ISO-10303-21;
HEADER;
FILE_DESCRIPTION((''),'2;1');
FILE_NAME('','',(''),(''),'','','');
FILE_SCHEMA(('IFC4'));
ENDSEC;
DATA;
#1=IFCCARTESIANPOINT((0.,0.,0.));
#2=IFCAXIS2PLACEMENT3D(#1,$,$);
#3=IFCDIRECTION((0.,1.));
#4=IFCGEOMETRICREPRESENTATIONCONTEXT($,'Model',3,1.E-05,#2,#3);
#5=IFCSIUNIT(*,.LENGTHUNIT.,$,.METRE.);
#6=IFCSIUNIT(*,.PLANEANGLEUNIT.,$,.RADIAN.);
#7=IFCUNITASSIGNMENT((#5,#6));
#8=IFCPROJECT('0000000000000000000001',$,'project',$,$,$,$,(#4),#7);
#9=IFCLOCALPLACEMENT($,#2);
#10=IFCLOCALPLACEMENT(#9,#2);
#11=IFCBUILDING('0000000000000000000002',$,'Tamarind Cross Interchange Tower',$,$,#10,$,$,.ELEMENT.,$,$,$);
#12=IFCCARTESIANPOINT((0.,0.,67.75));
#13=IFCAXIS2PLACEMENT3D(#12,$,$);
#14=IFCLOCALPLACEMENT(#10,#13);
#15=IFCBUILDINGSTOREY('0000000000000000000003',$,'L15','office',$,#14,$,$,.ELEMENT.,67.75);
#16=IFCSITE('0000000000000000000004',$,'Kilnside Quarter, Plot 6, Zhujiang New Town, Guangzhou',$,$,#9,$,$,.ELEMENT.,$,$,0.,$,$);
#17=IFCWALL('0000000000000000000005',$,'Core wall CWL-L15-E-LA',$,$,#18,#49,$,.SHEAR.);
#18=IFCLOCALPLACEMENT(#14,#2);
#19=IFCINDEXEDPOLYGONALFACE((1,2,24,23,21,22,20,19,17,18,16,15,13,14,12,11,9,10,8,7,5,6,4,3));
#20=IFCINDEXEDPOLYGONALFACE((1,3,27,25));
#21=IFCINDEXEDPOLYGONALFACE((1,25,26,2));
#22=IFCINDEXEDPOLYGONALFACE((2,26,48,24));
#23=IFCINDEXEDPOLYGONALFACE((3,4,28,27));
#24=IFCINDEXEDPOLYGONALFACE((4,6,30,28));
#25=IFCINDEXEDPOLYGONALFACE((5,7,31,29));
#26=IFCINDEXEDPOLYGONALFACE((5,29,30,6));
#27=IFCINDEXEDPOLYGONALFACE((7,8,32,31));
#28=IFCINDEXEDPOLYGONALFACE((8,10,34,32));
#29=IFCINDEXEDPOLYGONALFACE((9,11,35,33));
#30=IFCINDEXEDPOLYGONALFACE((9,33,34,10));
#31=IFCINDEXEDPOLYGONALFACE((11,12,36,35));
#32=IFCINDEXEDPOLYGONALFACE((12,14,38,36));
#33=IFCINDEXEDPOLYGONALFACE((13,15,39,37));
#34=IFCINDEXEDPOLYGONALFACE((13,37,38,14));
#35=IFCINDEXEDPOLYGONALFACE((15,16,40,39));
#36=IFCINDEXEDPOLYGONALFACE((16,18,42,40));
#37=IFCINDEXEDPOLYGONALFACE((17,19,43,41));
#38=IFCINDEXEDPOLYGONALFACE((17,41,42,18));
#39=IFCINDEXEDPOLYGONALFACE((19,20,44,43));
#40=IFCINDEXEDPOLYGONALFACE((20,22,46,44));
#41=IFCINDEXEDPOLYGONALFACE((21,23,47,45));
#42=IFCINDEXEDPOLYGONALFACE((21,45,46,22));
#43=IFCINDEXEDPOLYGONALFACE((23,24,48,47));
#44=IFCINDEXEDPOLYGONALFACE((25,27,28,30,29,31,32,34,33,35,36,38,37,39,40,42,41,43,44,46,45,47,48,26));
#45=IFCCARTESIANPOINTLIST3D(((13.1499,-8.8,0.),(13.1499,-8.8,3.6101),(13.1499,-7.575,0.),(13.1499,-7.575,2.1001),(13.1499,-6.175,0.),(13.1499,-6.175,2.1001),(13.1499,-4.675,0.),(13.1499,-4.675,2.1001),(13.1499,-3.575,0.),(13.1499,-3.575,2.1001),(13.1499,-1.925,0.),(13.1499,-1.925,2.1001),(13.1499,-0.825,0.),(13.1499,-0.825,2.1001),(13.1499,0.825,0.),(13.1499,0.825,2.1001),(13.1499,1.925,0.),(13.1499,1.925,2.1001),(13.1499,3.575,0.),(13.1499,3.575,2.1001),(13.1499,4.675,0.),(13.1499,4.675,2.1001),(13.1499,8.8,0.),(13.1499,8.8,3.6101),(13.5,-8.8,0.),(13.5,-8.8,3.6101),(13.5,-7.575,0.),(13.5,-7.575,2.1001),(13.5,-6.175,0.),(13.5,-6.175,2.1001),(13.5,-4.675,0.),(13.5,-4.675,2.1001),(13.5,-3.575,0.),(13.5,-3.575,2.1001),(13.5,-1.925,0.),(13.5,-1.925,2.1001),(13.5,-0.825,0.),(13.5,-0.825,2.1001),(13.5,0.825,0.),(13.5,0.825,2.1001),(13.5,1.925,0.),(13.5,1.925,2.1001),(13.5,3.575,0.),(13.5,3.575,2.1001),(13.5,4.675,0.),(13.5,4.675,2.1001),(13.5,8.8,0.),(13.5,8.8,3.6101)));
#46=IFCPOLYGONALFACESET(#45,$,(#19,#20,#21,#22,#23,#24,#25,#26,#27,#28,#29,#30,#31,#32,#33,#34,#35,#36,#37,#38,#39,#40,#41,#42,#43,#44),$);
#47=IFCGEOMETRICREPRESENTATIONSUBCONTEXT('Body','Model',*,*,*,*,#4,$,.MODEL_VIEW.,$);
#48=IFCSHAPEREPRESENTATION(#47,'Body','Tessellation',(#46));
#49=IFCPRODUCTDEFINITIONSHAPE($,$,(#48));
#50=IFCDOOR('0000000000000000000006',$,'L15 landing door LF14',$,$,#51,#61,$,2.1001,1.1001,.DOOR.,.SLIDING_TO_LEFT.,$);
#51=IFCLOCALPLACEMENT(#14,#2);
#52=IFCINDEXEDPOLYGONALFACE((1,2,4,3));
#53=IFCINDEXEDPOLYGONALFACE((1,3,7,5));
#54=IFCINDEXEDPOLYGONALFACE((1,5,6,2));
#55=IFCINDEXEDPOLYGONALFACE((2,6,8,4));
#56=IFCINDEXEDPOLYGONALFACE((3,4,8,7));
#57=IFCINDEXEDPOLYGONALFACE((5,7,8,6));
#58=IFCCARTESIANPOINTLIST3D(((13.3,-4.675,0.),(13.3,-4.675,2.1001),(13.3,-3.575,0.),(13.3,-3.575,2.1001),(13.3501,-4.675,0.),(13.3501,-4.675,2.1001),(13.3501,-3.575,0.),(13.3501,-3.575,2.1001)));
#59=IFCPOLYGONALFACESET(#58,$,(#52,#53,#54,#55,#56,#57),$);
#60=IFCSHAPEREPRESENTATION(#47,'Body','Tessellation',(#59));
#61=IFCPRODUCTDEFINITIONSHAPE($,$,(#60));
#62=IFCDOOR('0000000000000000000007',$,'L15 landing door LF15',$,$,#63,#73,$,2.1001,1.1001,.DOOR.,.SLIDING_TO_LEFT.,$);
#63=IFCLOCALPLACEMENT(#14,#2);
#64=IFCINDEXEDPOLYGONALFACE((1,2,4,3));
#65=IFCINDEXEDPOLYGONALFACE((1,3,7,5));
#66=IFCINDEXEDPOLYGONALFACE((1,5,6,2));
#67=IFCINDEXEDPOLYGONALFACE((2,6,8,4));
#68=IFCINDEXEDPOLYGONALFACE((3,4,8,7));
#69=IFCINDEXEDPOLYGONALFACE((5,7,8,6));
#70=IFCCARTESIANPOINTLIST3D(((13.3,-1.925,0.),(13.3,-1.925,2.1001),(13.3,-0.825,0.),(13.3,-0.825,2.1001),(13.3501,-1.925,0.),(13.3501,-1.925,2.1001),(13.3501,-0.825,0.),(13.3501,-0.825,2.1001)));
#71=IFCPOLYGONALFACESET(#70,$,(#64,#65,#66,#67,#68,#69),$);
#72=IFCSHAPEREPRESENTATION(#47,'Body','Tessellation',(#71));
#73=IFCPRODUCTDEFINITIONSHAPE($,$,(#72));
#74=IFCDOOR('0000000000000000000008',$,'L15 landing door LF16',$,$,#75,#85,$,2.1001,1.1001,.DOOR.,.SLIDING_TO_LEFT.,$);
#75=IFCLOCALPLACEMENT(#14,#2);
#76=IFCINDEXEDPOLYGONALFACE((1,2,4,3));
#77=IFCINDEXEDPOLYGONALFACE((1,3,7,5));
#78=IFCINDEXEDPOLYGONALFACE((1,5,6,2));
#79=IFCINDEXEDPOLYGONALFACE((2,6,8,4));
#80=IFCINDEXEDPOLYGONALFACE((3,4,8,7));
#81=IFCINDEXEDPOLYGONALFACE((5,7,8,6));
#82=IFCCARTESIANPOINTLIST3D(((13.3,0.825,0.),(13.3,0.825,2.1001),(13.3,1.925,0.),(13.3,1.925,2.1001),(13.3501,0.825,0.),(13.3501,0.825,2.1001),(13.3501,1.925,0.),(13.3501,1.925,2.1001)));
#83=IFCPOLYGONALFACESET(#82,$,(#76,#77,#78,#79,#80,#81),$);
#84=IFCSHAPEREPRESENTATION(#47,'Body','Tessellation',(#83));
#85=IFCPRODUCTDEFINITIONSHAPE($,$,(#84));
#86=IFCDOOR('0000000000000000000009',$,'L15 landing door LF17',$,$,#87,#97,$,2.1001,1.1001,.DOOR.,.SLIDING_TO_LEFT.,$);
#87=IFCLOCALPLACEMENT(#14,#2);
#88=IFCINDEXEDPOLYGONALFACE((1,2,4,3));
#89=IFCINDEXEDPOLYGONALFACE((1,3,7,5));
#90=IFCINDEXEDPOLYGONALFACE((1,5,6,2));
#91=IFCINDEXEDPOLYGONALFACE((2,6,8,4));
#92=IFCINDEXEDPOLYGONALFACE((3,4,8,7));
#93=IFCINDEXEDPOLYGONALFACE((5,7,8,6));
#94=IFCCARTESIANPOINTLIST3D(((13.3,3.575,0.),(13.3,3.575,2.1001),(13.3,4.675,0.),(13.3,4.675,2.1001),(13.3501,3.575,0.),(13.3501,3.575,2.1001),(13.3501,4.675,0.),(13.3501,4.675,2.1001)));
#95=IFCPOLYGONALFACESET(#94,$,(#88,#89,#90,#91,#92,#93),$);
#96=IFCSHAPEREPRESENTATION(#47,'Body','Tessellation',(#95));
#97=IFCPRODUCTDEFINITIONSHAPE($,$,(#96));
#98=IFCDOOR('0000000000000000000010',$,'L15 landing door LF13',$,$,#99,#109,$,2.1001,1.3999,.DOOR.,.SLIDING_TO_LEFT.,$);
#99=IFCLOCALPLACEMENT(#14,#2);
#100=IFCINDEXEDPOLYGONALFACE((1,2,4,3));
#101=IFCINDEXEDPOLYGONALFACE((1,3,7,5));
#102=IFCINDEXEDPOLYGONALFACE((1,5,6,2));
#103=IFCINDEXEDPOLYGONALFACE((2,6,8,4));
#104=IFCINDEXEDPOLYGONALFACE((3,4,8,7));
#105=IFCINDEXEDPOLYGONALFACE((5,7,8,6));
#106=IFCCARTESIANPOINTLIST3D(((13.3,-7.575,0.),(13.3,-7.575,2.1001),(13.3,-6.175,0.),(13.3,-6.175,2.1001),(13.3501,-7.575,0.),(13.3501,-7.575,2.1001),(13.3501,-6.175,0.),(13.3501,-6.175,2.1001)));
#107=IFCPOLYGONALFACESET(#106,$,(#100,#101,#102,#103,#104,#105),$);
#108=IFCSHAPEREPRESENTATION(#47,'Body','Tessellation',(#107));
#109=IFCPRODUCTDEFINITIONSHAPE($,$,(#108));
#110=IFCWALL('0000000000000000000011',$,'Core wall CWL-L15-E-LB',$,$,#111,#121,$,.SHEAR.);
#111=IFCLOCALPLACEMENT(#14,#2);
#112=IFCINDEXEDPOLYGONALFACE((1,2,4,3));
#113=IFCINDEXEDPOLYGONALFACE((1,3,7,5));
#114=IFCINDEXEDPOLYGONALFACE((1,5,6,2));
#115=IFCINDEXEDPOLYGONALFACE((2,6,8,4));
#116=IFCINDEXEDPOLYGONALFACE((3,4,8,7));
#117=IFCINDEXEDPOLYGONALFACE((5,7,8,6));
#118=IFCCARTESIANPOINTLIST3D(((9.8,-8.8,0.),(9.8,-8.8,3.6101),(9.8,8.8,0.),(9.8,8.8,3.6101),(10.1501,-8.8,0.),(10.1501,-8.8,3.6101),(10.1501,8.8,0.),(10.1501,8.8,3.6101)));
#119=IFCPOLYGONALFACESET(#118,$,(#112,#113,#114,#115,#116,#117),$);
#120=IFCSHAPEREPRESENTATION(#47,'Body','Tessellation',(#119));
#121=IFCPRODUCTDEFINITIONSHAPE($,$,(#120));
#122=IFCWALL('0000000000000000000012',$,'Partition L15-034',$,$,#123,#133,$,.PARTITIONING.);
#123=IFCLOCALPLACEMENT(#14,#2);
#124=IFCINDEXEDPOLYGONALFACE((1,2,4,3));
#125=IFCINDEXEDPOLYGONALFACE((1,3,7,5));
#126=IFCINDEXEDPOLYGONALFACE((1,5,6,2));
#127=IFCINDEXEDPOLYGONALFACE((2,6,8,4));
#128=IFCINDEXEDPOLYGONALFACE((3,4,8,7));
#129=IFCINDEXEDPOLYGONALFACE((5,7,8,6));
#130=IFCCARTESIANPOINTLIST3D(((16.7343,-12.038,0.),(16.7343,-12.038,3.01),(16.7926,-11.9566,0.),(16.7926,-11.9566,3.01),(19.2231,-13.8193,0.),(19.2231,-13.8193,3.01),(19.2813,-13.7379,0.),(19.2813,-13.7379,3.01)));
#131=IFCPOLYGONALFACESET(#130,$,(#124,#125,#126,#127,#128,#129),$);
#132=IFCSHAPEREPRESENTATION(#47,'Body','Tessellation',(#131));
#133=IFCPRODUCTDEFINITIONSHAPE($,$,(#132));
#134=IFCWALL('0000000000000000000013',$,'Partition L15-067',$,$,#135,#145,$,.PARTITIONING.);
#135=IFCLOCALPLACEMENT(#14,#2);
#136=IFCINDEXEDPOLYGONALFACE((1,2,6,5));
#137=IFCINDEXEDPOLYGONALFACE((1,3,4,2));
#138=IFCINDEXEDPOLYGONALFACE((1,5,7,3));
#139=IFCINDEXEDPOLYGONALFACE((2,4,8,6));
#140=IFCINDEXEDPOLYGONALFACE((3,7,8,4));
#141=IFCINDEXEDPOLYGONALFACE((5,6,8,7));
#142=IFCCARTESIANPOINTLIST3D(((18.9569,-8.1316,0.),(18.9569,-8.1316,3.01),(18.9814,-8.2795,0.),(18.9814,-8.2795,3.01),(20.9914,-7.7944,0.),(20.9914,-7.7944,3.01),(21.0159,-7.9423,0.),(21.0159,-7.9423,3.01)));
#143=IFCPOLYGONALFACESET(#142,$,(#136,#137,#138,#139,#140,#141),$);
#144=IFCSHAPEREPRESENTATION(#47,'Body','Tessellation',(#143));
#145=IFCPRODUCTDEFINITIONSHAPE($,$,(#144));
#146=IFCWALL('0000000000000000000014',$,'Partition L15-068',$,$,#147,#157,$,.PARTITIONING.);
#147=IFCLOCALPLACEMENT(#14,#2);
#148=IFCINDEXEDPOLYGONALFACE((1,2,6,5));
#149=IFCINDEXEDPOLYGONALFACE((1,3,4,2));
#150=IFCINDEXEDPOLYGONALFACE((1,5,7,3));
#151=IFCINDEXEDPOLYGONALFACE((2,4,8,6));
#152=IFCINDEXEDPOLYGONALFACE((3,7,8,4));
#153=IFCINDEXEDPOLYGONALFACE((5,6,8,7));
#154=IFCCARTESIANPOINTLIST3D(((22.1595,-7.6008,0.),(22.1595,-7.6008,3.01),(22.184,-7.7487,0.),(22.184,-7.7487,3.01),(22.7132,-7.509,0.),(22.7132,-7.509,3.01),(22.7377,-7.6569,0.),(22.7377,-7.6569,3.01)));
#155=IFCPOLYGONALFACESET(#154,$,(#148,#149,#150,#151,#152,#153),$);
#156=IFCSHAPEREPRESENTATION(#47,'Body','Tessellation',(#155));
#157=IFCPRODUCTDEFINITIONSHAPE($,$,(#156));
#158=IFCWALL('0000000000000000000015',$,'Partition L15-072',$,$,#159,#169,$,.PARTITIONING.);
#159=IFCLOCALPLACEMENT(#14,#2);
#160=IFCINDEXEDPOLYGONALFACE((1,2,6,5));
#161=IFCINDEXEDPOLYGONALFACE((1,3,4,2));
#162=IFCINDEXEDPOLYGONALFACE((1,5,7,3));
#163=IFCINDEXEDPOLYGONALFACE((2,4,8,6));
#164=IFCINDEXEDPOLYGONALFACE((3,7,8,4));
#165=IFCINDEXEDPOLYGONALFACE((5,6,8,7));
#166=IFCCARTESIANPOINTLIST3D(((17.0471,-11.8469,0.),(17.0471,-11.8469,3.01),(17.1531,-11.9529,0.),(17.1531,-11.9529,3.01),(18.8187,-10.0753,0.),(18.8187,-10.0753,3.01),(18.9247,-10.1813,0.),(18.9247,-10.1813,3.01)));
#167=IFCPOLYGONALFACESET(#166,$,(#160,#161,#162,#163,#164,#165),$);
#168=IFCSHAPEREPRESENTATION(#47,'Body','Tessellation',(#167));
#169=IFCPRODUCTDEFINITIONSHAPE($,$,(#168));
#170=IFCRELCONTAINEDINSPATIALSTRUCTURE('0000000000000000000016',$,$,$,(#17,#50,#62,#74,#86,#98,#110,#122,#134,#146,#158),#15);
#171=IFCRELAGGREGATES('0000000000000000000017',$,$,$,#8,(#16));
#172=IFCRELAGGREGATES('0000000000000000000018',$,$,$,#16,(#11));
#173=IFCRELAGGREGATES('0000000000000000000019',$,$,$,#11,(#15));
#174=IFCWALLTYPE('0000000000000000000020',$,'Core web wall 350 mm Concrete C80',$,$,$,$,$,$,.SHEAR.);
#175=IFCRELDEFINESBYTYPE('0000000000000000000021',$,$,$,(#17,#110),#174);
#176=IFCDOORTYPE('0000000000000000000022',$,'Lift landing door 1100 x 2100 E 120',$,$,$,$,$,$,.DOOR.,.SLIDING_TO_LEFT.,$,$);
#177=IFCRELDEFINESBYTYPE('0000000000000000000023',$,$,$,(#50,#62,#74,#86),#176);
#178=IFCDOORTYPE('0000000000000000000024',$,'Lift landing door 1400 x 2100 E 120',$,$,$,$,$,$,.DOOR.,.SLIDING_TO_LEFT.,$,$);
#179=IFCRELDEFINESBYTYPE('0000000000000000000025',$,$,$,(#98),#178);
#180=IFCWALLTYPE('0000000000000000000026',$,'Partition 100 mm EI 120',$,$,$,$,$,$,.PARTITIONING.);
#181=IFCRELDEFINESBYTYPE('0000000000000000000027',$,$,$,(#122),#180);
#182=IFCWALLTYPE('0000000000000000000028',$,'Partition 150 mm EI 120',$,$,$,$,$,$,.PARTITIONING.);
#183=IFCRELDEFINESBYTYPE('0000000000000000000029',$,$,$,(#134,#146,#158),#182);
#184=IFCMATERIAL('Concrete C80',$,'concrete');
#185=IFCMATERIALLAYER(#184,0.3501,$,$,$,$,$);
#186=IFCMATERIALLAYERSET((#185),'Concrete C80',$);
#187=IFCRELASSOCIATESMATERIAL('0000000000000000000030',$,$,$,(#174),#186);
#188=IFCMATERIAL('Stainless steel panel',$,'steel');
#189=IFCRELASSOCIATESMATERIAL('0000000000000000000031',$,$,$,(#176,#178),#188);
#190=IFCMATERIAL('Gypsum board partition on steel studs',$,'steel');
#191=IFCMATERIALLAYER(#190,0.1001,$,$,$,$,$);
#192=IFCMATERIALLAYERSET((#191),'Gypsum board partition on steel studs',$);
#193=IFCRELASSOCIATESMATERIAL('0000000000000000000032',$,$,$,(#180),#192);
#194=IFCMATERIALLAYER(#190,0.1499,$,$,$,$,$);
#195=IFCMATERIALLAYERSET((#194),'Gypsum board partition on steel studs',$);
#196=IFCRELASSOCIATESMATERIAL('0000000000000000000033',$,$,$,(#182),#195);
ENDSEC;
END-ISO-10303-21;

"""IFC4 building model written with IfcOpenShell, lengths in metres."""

from ifc_helpers import new_model, si_unit, direction, frame, frame_2d, origin, place, context, subcontext, project, spatial, rectangle, extrude, material, layer, layer_set, type_object, element, fill, save


model = new_model("IFC4")

# Units and contexts
model_context = context("Model", 3, precision=1e-05, world=origin(), true_north=direction((0.0, 1.0)))
body_context = subcontext(model_context, "Body", "Model", "MODEL_VIEW")
ifc_project = project(units=[si_unit("LENGTHUNIT", "METRE"), si_unit("PLANEANGLEUNIT", "RADIAN")], contexts=[model_context])

# Site, building, storey
site_placement = place(None, origin())
site = spatial("IfcSite", under=ifc_project, at=site_placement, Name="Kilnside Quarter, Plot 6, Zhujiang New Town, Guangzhou", CompositionType="ELEMENT", RefElevation=0.0)
building_placement = place(site_placement, origin())
building = spatial("IfcBuilding", under=site, at=building_placement, Name="Tamarind Cross Interchange Tower", CompositionType="ELEMENT")
storey_placement = place(building_placement, frame((0.0, 0.0, 67.75)))
storey = spatial("IfcBuildingStorey", under=building, at=storey_placement, Name="L15", Description="office", CompositionType="ELEMENT", Elevation=67.75)

# Wall, openings, doors
ifc_material_1 = material(Name="Concrete C80", Category="concrete")
ifc_layer_1 = layer(ifc_material_1, 0.3501)
ifc_layer_set_1 = layer_set([ifc_layer_1], Name="Concrete C80")
wall_type_1 = type_object("IfcWallType", Name="Core web wall 350 mm Concrete C80", PredefinedType="SHEAR", material=ifc_layer_set_1)
wall_1_placement = place(storey_placement, frame((13.325, -8.8, 0.0), z_axis=(0.0, 0.0, 1.0), x_axis=(0.0, 1.0, 0.0)))
wall_1 = element("IfcWall", 1, at=wall_1_placement, inside=storey, type_object=wall_type_1, Name="Core wall CWL-L15-E-LA", PredefinedType="SHEAR", context=body_context, shape_type="SweptSolid", body=[
    extrude(rectangle(XDim=17.6001, YDim=0.3501, at=frame_2d((8.8, 0.0))), origin(), (0.0, 0.0, 1.0), 3.6101),
])
opening_1_placement = place(wall_1_placement, frame((1.2251, 0.0, 0.0)))
opening_1 = element("IfcOpeningElement", 2, at=opening_1_placement, cuts=wall_1, PredefinedType="OPENING", context=body_context, shape_type="SweptSolid", body=[
    extrude(rectangle(XDim=1.3999, YDim=2.1001, at=frame_2d((0.7, 1.05))), frame((0.0, 0.1851, 0.0), z_axis=(0.0, -1.0, 0.0), x_axis=(1.0, 0.0, 0.0)), (0.0, 0.0, 1.0), 0.3701),
])
opening_2_placement = place(wall_1_placement, frame((4.125, 0.0, 0.0)))
opening_2 = element("IfcOpeningElement", 3, at=opening_2_placement, cuts=wall_1, PredefinedType="OPENING", context=body_context, shape_type="SweptSolid", body=[
    extrude(rectangle(XDim=1.1001, YDim=2.1001, at=frame_2d((0.55, 1.05))), frame((0.0, 0.1851, 0.0), z_axis=(0.0, -1.0, 0.0), x_axis=(1.0, 0.0, 0.0)), (0.0, 0.0, 1.0), 0.3701),
])
opening_3_placement = place(wall_1_placement, frame((6.875, 0.0, 0.0)))
opening_3 = element("IfcOpeningElement", 4, at=opening_3_placement, cuts=wall_1, PredefinedType="OPENING", context=body_context, shape_type="SweptSolid", body=[
    extrude(rectangle(XDim=1.1001, YDim=2.1001, at=frame_2d((0.55, 1.05))), frame((0.0, 0.1851, 0.0), z_axis=(0.0, -1.0, 0.0), x_axis=(1.0, 0.0, 0.0)), (0.0, 0.0, 1.0), 0.3701),
])
opening_4_placement = place(wall_1_placement, frame((9.625, 0.0, 0.0)))
opening_4 = element("IfcOpeningElement", 5, at=opening_4_placement, cuts=wall_1, PredefinedType="OPENING", context=body_context, shape_type="SweptSolid", body=[
    extrude(rectangle(XDim=1.1001, YDim=2.1001, at=frame_2d((0.55, 1.05))), frame((0.0, 0.1851, 0.0), z_axis=(0.0, -1.0, 0.0), x_axis=(1.0, 0.0, 0.0)), (0.0, 0.0, 1.0), 0.3701),
])
opening_5_placement = place(wall_1_placement, frame((12.375, 0.0, 0.0)))
opening_5 = element("IfcOpeningElement", 6, at=opening_5_placement, cuts=wall_1, PredefinedType="OPENING", context=body_context, shape_type="SweptSolid", body=[
    extrude(rectangle(XDim=1.1001, YDim=2.1001, at=frame_2d((0.55, 1.05))), frame((0.0, 0.1851, 0.0), z_axis=(0.0, -1.0, 0.0), x_axis=(1.0, 0.0, 0.0)), (0.0, 0.0, 1.0), 0.3701),
])
ifc_material_2 = material(Name="Stainless steel panel", Category="steel")
door_type_1 = type_object("IfcDoorType", Name="Lift landing door 1100 x 2100 E 120", OperationType="SLIDING_TO_LEFT", PredefinedType="DOOR", material=ifc_material_2)
door_1_placement = place(opening_2_placement, origin())
door_1 = element("IfcDoor", 7, at=door_1_placement, inside=storey, type_object=door_type_1, Name="L15 landing door LF14", OperationType="SLIDING_TO_LEFT", OverallHeight=2.1001, OverallWidth=1.1001, PredefinedType="DOOR", context=body_context, shape_type="SweptSolid", body=[
    extrude(rectangle(XDim=1.1001, YDim=2.1001, at=frame_2d((0.55, 1.05))), frame((0.0, 0.0249, 0.0), z_axis=(0.0, -1.0, 0.0), x_axis=(1.0, 0.0, 0.0)), (0.0, 0.0, 1.0), 0.05),
])
fill(opening_2, door_1)
door_2_placement = place(opening_3_placement, origin())
door_2 = element("IfcDoor", 8, at=door_2_placement, inside=storey, type_object=door_type_1, Name="L15 landing door LF15", OperationType="SLIDING_TO_LEFT", OverallHeight=2.1001, OverallWidth=1.1001, PredefinedType="DOOR", context=body_context, shape_type="SweptSolid", body=[
    extrude(rectangle(XDim=1.1001, YDim=2.1001, at=frame_2d((0.55, 1.05))), frame((0.0, 0.0249, 0.0), z_axis=(0.0, -1.0, 0.0), x_axis=(1.0, 0.0, 0.0)), (0.0, 0.0, 1.0), 0.05),
])
fill(opening_3, door_2)
door_3_placement = place(opening_4_placement, origin())
door_3 = element("IfcDoor", 9, at=door_3_placement, inside=storey, type_object=door_type_1, Name="L15 landing door LF16", OperationType="SLIDING_TO_LEFT", OverallHeight=2.1001, OverallWidth=1.1001, PredefinedType="DOOR", context=body_context, shape_type="SweptSolid", body=[
    extrude(rectangle(XDim=1.1001, YDim=2.1001, at=frame_2d((0.55, 1.05))), frame((0.0, 0.0249, 0.0), z_axis=(0.0, -1.0, 0.0), x_axis=(1.0, 0.0, 0.0)), (0.0, 0.0, 1.0), 0.05),
])
fill(opening_4, door_3)
door_4_placement = place(opening_5_placement, origin())
door_4 = element("IfcDoor", 10, at=door_4_placement, inside=storey, type_object=door_type_1, Name="L15 landing door LF17", OperationType="SLIDING_TO_LEFT", OverallHeight=2.1001, OverallWidth=1.1001, PredefinedType="DOOR", context=body_context, shape_type="SweptSolid", body=[
    extrude(rectangle(XDim=1.1001, YDim=2.1001, at=frame_2d((0.55, 1.05))), frame((0.0, 0.0249, 0.0), z_axis=(0.0, -1.0, 0.0), x_axis=(1.0, 0.0, 0.0)), (0.0, 0.0, 1.0), 0.05),
])
fill(opening_5, door_4)
door_type_2 = type_object("IfcDoorType", Name="Lift landing door 1400 x 2100 E 120", OperationType="SLIDING_TO_LEFT", PredefinedType="DOOR", material=ifc_material_2)
door_5_placement = place(opening_1_placement, origin())
door_5 = element("IfcDoor", 11, at=door_5_placement, inside=storey, type_object=door_type_2, Name="L15 landing door LF13", OperationType="SLIDING_TO_LEFT", OverallHeight=2.1001, OverallWidth=1.3999, PredefinedType="DOOR", context=body_context, shape_type="SweptSolid", body=[
    extrude(rectangle(XDim=1.3999, YDim=2.1001, at=frame_2d((0.7, 1.05))), frame((0.0, 0.0249, 0.0), z_axis=(0.0, -1.0, 0.0), x_axis=(1.0, 0.0, 0.0)), (0.0, 0.0, 1.0), 0.05),
])
fill(opening_1, door_5)

# Walls
wall_2_placement = place(storey_placement, frame((9.9751, -8.8, 0.0), z_axis=(0.0, 0.0, 1.0), x_axis=(0.0, 1.0, 0.0)))
element("IfcWall", 12, at=wall_2_placement, inside=storey, type_object=wall_type_1, Name="Core wall CWL-L15-E-LB", PredefinedType="SHEAR", context=body_context, shape_type="SweptSolid", body=[
    extrude(rectangle(XDim=17.6001, YDim=0.3501, at=frame_2d((8.8, 0.0))), origin(), (0.0, 0.0, 1.0), 3.6101),
])
ifc_material_3 = material(Name="Gypsum board partition on steel studs", Category="steel")
ifc_layer_2 = layer(ifc_material_3, 0.1001)
ifc_layer_set_2 = layer_set([ifc_layer_2], Name="Gypsum board partition on steel studs")
wall_type_2 = type_object("IfcWallType", Name="Partition 100 mm EI 120", PredefinedType="PARTITIONING", material=ifc_layer_set_2)
wall_3_placement = place(storey_placement, frame((16.7634, -11.9973, 0.0), z_axis=(0.0, 0.0, 1.0), x_axis=(0.813183, -0.582008, 0.0)))
element("IfcWall", 13, at=wall_3_placement, inside=storey, type_object=wall_type_2, Name="Partition L15-034", PredefinedType="PARTITIONING", context=body_context, shape_type="SweptSolid", body=[
    extrude(rectangle(XDim=3.0605, YDim=0.1001, at=frame_2d((1.5303, 0.0))), origin(), (0.0, 0.0, 1.0), 3.01),
])
ifc_layer_3 = layer(ifc_material_3, 0.1499)
ifc_layer_set_3 = layer_set([ifc_layer_3], Name="Gypsum board partition on steel studs")
wall_type_3 = type_object("IfcWallType", Name="Partition 150 mm EI 120", PredefinedType="PARTITIONING", material=ifc_layer_set_3)
wall_4_placement = place(storey_placement, frame((18.969, -8.2056, 0.0), z_axis=(0.0, 0.0, 1.0), x_axis=(0.986544, 0.163497, 0.0)))
element("IfcWall", 14, at=wall_4_placement, inside=storey, type_object=wall_type_3, Name="Partition L15-067", PredefinedType="PARTITIONING", context=body_context, shape_type="SweptSolid", body=[
    extrude(rectangle(XDim=2.0623, YDim=0.1499, at=frame_2d((1.0312, 0.0))), origin(), (0.0, 0.0, 1.0), 3.01),
])
wall_5_placement = place(storey_placement, frame((22.1716, -7.6748, 0.0), z_axis=(0.0, 0.0, 1.0), x_axis=(0.986535, 0.163552, 0.0)))
element("IfcWall", 15, at=wall_5_placement, inside=storey, type_object=wall_type_3, Name="Partition L15-068", PredefinedType="PARTITIONING", context=body_context, shape_type="SweptSolid", body=[
    extrude(rectangle(XDim=0.5613, YDim=0.1499, at=frame_2d((0.2808, 0.0))), origin(), (0.0, 0.0, 1.0), 3.01),
])
wall_6_placement = place(storey_placement, frame((17.1001, -11.8999, 0.0), z_axis=(0.0, 0.0, 1.0), x_axis=(0.707107, 0.707107, 0.0)))
element("IfcWall", 16, at=wall_6_placement, inside=storey, type_object=wall_type_3, Name="Partition L15-072", PredefinedType="PARTITIONING", context=body_context, shape_type="SweptSolid", body=[
    extrude(rectangle(XDim=2.5054, YDim=0.1499, at=frame_2d((1.2527, 0.0))), origin(), (0.0, 0.0, 1.0), 3.01),
])

save(model, "model.ifc")
